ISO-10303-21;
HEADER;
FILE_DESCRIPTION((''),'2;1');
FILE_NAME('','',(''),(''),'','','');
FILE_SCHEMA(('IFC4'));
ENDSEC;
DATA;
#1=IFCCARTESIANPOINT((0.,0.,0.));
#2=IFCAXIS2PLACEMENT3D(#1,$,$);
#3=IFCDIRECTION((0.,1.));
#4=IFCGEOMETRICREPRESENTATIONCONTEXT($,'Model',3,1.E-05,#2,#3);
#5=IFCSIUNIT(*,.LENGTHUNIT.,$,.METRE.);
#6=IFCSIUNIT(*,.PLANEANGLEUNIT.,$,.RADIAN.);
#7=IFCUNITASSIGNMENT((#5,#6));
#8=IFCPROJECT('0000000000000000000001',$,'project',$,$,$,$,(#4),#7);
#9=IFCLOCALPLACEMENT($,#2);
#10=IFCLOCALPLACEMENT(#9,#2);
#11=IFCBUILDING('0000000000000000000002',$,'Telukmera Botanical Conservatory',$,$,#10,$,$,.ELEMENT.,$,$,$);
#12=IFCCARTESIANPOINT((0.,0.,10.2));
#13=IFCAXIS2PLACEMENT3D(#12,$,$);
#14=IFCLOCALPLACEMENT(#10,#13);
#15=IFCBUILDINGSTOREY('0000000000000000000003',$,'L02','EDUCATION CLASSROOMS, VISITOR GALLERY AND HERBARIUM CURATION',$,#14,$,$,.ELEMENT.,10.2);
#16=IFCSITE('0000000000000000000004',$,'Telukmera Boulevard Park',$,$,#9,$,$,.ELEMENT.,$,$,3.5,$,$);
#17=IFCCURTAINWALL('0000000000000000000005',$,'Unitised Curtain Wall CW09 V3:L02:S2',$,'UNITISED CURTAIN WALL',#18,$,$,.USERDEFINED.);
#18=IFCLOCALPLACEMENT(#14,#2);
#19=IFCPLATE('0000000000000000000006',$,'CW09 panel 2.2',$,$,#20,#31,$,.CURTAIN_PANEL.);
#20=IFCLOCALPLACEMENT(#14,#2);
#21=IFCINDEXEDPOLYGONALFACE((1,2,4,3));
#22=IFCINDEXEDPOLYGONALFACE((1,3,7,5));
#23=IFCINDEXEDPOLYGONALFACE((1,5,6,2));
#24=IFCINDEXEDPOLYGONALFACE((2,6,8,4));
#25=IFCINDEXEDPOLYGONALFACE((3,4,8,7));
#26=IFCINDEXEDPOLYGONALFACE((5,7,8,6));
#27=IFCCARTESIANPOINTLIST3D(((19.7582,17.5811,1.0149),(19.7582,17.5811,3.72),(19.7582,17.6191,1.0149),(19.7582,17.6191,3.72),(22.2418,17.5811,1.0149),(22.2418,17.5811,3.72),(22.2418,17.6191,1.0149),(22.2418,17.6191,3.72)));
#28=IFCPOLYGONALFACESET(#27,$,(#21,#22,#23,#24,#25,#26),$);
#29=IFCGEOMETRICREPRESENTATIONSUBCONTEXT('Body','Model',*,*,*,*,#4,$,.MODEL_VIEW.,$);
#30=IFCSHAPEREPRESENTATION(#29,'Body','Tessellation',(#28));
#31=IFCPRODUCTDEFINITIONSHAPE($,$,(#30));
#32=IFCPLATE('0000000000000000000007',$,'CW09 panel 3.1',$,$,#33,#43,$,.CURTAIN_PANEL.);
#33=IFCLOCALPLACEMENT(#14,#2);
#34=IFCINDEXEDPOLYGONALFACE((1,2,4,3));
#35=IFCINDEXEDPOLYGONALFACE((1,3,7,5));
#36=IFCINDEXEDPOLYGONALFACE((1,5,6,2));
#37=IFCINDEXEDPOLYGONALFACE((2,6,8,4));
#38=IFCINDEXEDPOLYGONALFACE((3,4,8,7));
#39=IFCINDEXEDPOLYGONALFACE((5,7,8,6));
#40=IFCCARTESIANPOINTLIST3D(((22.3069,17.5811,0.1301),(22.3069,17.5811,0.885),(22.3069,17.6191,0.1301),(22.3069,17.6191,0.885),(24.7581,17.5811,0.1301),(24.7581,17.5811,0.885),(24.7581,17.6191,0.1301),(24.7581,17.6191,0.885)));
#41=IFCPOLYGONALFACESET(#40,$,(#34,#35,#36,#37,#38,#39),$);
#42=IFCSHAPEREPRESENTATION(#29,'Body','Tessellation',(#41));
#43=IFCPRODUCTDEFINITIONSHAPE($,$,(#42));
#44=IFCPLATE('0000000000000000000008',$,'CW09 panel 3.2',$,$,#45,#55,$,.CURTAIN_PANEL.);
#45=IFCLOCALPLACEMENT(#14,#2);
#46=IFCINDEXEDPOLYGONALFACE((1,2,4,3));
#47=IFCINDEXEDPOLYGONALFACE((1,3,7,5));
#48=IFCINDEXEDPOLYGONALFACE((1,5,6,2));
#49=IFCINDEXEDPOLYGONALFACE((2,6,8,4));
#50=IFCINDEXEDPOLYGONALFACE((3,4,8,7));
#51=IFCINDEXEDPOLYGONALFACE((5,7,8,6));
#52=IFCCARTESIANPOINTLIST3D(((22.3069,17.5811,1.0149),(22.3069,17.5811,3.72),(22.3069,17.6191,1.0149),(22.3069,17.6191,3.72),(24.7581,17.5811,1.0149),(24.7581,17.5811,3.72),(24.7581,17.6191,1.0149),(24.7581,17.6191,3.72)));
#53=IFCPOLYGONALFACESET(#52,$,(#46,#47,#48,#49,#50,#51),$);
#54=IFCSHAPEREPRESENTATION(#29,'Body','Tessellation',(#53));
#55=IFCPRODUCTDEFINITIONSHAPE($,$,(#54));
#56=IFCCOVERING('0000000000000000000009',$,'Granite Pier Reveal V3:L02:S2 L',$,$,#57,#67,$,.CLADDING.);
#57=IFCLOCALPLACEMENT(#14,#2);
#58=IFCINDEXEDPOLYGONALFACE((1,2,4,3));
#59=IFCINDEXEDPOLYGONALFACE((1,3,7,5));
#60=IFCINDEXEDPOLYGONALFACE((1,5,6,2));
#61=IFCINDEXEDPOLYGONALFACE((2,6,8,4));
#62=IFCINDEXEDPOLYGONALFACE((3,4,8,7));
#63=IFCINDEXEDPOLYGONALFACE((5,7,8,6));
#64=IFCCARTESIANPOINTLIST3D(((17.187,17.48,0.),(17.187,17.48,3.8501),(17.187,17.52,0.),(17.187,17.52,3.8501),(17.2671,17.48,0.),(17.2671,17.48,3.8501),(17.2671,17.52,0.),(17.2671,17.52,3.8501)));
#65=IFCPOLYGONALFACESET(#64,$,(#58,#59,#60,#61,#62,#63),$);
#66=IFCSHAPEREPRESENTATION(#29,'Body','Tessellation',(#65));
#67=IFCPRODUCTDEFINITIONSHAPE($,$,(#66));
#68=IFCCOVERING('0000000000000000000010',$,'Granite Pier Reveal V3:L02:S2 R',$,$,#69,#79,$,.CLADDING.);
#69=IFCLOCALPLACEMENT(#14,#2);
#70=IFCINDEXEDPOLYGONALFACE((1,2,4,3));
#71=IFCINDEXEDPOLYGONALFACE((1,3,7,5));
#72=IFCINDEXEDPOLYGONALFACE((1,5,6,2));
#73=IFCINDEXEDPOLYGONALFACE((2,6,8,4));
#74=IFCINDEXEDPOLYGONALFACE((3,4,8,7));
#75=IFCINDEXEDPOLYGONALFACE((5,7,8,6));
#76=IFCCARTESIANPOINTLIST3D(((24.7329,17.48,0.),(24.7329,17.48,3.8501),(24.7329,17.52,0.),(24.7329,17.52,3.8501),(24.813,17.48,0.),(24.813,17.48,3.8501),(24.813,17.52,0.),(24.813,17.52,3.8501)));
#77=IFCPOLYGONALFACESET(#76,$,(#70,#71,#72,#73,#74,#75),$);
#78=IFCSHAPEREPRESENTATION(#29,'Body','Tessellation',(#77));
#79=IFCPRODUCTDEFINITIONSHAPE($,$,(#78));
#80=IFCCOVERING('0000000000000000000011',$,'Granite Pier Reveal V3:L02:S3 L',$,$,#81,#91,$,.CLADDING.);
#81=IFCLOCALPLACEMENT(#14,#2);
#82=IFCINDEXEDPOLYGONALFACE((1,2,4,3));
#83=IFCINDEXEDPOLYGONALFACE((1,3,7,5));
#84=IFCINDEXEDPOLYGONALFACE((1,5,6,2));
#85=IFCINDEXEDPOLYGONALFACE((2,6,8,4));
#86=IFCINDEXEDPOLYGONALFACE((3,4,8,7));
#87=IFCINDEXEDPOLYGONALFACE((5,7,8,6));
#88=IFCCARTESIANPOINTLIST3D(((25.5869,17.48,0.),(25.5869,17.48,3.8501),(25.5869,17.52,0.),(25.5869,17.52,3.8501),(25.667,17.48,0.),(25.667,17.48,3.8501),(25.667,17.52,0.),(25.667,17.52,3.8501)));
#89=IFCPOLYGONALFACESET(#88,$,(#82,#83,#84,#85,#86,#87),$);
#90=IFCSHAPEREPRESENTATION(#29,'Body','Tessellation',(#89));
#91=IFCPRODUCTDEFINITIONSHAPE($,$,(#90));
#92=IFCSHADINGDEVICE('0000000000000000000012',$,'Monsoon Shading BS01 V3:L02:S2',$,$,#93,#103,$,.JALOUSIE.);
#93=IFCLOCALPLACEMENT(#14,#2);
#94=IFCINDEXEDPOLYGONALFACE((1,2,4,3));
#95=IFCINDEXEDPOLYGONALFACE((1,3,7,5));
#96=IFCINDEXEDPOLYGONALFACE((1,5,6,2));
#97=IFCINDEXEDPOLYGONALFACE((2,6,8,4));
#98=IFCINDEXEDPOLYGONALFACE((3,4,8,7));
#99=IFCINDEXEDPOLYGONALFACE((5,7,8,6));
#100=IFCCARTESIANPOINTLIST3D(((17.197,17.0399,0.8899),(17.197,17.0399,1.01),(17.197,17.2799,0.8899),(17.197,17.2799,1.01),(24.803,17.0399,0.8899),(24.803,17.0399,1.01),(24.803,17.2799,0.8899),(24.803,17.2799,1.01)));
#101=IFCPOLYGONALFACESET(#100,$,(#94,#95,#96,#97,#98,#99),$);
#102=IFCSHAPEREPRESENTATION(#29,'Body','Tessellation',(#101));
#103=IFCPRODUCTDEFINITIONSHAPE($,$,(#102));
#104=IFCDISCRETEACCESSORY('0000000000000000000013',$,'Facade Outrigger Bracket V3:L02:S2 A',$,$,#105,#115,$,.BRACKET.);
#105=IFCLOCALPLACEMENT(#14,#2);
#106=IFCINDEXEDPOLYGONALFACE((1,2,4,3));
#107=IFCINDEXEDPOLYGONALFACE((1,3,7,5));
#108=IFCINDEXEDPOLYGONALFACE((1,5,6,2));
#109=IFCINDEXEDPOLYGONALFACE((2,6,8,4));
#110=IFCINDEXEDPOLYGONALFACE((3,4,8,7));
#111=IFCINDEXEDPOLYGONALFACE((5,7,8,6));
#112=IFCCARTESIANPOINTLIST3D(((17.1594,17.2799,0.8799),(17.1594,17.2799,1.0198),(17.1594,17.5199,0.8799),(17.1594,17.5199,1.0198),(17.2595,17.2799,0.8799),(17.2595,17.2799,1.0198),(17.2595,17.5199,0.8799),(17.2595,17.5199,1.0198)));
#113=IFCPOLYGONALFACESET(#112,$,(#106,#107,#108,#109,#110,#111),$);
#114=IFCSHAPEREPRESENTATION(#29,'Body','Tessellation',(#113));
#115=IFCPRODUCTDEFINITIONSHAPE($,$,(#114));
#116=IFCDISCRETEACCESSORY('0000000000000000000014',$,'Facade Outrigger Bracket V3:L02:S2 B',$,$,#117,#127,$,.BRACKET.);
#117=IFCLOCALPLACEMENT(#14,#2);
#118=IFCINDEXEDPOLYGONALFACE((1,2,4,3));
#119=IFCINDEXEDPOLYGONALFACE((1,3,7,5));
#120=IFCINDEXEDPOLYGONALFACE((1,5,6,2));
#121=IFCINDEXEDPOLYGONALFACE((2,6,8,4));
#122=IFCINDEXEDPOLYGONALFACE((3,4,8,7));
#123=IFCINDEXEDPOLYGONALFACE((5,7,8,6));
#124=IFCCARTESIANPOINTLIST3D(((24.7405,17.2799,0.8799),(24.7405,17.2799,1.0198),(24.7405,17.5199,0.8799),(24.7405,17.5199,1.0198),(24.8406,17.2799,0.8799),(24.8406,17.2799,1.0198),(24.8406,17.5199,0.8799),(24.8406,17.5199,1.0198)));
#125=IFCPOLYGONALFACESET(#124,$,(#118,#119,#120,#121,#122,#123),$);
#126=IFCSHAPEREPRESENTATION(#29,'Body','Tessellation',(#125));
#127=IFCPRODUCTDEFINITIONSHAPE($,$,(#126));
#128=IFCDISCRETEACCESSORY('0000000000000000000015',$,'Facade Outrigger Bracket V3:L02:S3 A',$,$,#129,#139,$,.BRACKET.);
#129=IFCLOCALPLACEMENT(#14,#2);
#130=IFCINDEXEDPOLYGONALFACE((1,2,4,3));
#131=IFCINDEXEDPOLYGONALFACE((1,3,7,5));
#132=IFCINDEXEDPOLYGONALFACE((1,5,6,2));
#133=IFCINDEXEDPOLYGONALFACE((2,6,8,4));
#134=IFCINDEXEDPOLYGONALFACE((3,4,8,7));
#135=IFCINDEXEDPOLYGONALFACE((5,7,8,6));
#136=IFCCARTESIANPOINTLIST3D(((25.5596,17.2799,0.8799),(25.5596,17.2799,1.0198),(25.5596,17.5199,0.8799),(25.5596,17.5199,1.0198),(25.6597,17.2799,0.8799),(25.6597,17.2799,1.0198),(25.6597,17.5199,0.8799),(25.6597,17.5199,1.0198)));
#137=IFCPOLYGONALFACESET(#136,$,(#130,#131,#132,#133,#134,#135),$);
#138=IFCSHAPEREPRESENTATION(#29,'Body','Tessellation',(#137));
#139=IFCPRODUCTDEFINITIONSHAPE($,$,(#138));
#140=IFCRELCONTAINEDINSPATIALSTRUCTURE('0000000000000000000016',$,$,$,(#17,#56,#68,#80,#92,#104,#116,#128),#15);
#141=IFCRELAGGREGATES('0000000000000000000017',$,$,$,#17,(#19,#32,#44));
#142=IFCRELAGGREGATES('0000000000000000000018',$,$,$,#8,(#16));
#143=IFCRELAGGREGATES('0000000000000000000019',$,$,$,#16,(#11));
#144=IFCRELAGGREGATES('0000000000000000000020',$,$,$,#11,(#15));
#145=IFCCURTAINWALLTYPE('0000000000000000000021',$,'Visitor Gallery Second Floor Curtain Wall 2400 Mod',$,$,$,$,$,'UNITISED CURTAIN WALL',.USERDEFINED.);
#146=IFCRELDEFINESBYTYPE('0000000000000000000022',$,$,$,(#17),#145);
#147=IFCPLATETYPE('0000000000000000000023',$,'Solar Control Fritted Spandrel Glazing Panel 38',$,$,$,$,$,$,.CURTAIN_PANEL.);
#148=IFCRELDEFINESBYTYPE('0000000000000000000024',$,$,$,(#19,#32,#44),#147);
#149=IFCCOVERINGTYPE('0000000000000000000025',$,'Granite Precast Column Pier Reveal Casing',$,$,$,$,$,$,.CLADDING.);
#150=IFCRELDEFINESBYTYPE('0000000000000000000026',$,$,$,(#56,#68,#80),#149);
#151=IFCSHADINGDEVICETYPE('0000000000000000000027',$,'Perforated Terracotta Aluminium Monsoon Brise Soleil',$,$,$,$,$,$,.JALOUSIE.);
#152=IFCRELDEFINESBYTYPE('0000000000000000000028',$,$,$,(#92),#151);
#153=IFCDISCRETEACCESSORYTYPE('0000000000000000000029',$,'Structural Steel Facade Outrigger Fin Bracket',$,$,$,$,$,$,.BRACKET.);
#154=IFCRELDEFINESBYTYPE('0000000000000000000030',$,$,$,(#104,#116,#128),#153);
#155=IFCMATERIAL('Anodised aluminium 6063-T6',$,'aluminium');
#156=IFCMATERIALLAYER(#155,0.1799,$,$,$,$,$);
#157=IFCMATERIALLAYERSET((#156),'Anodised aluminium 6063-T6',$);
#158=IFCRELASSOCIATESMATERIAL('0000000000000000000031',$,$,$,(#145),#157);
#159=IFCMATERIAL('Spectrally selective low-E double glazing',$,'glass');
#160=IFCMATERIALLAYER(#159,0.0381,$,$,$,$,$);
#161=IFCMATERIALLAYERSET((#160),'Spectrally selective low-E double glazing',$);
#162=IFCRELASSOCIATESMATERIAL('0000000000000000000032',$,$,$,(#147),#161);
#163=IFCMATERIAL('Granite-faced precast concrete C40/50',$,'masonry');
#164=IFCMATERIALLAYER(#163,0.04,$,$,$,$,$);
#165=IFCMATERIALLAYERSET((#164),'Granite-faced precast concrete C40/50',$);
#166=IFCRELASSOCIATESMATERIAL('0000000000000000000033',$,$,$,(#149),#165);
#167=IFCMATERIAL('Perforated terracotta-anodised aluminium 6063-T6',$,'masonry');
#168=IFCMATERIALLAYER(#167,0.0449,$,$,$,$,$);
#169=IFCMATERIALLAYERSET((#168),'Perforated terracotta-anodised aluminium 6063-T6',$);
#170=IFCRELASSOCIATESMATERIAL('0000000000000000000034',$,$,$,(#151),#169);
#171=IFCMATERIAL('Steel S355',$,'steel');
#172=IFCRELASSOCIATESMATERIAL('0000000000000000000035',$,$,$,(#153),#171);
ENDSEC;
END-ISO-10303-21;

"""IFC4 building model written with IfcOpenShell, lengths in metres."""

from ifc_helpers import new_model, si_unit, direction, frame, origin, origin_2d, place, context, subcontext, project, spatial, rectangle, extrude, material, layer, layer_set, type_object, element, aggregate, save


model = new_model("IFC4")

# Units and contexts
model_context = context("Model", 3, precision=1e-05, world=origin(), true_north=direction((0.0, 1.0)))
body_context = subcontext(model_context, "Body", "Model", "MODEL_VIEW")
ifc_project = project(units=[si_unit("LENGTHUNIT", "METRE"), si_unit("PLANEANGLEUNIT", "RADIAN")], contexts=[model_context])

# Site, building, storey
site_placement = place(None, origin())
site = spatial("IfcSite", under=ifc_project, at=site_placement, Name="Telukmera Boulevard Park", CompositionType="ELEMENT", RefElevation=3.5)
building_placement = place(site_placement, origin())
building = spatial("IfcBuilding", under=site, at=building_placement, Name="Telukmera Botanical Conservatory", CompositionType="ELEMENT")
storey_placement = place(building_placement, frame((0.0, 0.0, 10.2)))
storey = spatial("IfcBuildingStorey", under=building, at=storey_placement, Name="L02", Description="EDUCATION CLASSROOMS, VISITOR GALLERY AND HERBARIUM CURATION", CompositionType="ELEMENT", Elevation=10.2)

# Curtain wall
ifc_material_1 = material(Name="Anodised aluminium 6063-T6", Category="aluminium")
ifc_layer_1 = layer(ifc_material_1, 0.1799)
ifc_layer_set_1 = layer_set([ifc_layer_1], Name="Anodised aluminium 6063-T6")
curtain_wall_type_1 = type_object("IfcCurtainWallType", Name="Visitor Gallery Second Floor Curtain Wall 2400 Mod", ElementType="UNITISED CURTAIN WALL", PredefinedType="USERDEFINED", material=ifc_layer_set_1)
curtain_wall_1_placement = place(storey_placement, origin())
curtain_wall_1 = element("IfcCurtainWall", 1, at=curtain_wall_1_placement, inside=storey, type_object=curtain_wall_type_1, Name="Unitised Curtain Wall CW09 V3:L02:S2", ObjectType="UNITISED CURTAIN WALL", PredefinedType="USERDEFINED")

# Plates
ifc_material_2 = material(Name="Spectrally selective low-E double glazing", Category="glass")
ifc_layer_2 = layer(ifc_material_2, 0.0381)
ifc_layer_set_2 = layer_set([ifc_layer_2], Name="Spectrally selective low-E double glazing")
plate_type = type_object("IfcPlateType", Name="Solar Control Fritted Spandrel Glazing Panel 38", PredefinedType="CURTAIN_PANEL", material=ifc_layer_set_2)
plate_1_placement = place(storey_placement, frame((21.0, 17.6001, 1.0149), z_axis=(0.0, 0.0, 1.0), x_axis=(1.0, 0.0, 0.0)))
plate_1 = element("IfcPlate", 2, at=plate_1_placement, type_object=plate_type, Name="CW09 panel 2.2", PredefinedType="CURTAIN_PANEL", context=body_context, shape_type="SweptSolid", body=[
    extrude(rectangle(XDim=2.4836, YDim=0.0381, at=origin_2d()), origin(), (0.0, 0.0, 1.0), 2.7051),
])
plate_2_placement = place(storey_placement, frame((23.5325, 17.6001, 0.1301), z_axis=(0.0, 0.0, 1.0), x_axis=(1.0, 0.0, 0.0)))
plate_2 = element("IfcPlate", 3, at=plate_2_placement, type_object=plate_type, Name="CW09 panel 3.1", PredefinedType="CURTAIN_PANEL", context=body_context, shape_type="SweptSolid", body=[
    extrude(rectangle(XDim=2.4512, YDim=0.0381, at=origin_2d()), origin(), (0.0, 0.0, 1.0), 0.7549),
])
plate_3_placement = place(storey_placement, frame((23.5325, 17.6001, 1.0149), z_axis=(0.0, 0.0, 1.0), x_axis=(1.0, 0.0, 0.0)))
plate_3 = element("IfcPlate", 4, at=plate_3_placement, type_object=plate_type, Name="CW09 panel 3.2", PredefinedType="CURTAIN_PANEL", context=body_context, shape_type="SweptSolid", body=[
    extrude(rectangle(XDim=2.4512, YDim=0.0381, at=origin_2d()), origin(), (0.0, 0.0, 1.0), 2.7051),
])
aggregate(curtain_wall_1, [plate_1, plate_2, plate_3])

# Coverings
ifc_material_3 = material(Name="Granite-faced precast concrete C40/50", Category="masonry")
ifc_layer_3 = layer(ifc_material_3, 0.04)
ifc_layer_set_3 = layer_set([ifc_layer_3], Name="Granite-faced precast concrete C40/50")
covering_type = type_object("IfcCoveringType", Name="Granite Precast Column Pier Reveal Casing", PredefinedType="CLADDING", material=ifc_layer_set_3)
for number, where, z_axis, x_axis, name in (
    (5, (17.2271, 17.5, 0.0), (0.0, 0.0, 1.0), (1.0, 0.0, 0.0), "Granite Pier Reveal V3:L02:S2 L"),
    (6, (24.7729, 17.5, 0.0), (0.0, 0.0, 1.0), (1.0, 0.0, 0.0), "Granite Pier Reveal V3:L02:S2 R"),
    (7, (25.627, 17.5, 0.0), (0.0, 0.0, 1.0), (1.0, 0.0, 0.0), "Granite Pier Reveal V3:L02:S3 L"),
):
    element("IfcCovering", number, at=place(storey_placement, frame(where, z_axis=z_axis, x_axis=x_axis)), inside=storey, type_object=covering_type, Name=name, PredefinedType="CLADDING", context=body_context, shape_type="SweptSolid", body=[
        extrude(rectangle(XDim=0.0801, YDim=0.04, at=origin_2d()), origin(), (0.0, 0.0, 1.0), 3.8501),
    ])

# Shading device
ifc_material_4 = material(Name="Perforated terracotta-anodised aluminium 6063-T6", Category="masonry")
ifc_layer_4 = layer(ifc_material_4, 0.0449)
ifc_layer_set_4 = layer_set([ifc_layer_4], Name="Perforated terracotta-anodised aluminium 6063-T6")
shading_device_type = type_object("IfcShadingDeviceType", Name="Perforated Terracotta Aluminium Monsoon Brise Soleil", PredefinedType="JALOUSIE", material=ifc_layer_set_4)
shading_device_placement = place(storey_placement, frame((21.0, 17.1599, 0.8899), z_axis=(0.0, 0.0, 1.0), x_axis=(1.0, 0.0, 0.0)))
element("IfcShadingDevice", 8, at=shading_device_placement, inside=storey, type_object=shading_device_type, Name="Monsoon Shading BS01 V3:L02:S2", PredefinedType="JALOUSIE", context=body_context, shape_type="SweptSolid", body=[
    extrude(rectangle(XDim=7.606, YDim=0.24, at=origin_2d()), origin(), (0.0, 0.0, 1.0), 0.1201),
])

# Discrete accessories
ifc_material_5 = material(Name="Steel S355", Category="steel")
discrete_accessory_type = type_object("IfcDiscreteAccessoryType", Name="Structural Steel Facade Outrigger Fin Bracket", PredefinedType="BRACKET", material=ifc_material_5)
for number, where, z_axis, x_axis, name in (
    (9, (17.2095, 17.3999, 0.8799), (0.0, 0.0, 1.0), (1.0, 0.0, 0.0), "Facade Outrigger Bracket V3:L02:S2 A"),
    (10, (24.7905, 17.3999, 0.8799), (0.0, 0.0, 1.0), (1.0, 0.0, 0.0), "Facade Outrigger Bracket V3:L02:S2 B"),
    (11, (25.6096, 17.3999, 0.8799), (0.0, 0.0, 1.0), (1.0, 0.0, 0.0), "Facade Outrigger Bracket V3:L02:S3 A"),
):
    element("IfcDiscreteAccessory", number, at=place(storey_placement, frame(where, z_axis=z_axis, x_axis=x_axis)), inside=storey, type_object=discrete_accessory_type, Name=name, PredefinedType="BRACKET", context=body_context, shape_type="SweptSolid", body=[
        extrude(rectangle(XDim=0.1001, YDim=0.24, at=origin_2d()), origin(), (0.0, 0.0, 1.0), 0.1399),
    ])

save(model, "model.ifc")
